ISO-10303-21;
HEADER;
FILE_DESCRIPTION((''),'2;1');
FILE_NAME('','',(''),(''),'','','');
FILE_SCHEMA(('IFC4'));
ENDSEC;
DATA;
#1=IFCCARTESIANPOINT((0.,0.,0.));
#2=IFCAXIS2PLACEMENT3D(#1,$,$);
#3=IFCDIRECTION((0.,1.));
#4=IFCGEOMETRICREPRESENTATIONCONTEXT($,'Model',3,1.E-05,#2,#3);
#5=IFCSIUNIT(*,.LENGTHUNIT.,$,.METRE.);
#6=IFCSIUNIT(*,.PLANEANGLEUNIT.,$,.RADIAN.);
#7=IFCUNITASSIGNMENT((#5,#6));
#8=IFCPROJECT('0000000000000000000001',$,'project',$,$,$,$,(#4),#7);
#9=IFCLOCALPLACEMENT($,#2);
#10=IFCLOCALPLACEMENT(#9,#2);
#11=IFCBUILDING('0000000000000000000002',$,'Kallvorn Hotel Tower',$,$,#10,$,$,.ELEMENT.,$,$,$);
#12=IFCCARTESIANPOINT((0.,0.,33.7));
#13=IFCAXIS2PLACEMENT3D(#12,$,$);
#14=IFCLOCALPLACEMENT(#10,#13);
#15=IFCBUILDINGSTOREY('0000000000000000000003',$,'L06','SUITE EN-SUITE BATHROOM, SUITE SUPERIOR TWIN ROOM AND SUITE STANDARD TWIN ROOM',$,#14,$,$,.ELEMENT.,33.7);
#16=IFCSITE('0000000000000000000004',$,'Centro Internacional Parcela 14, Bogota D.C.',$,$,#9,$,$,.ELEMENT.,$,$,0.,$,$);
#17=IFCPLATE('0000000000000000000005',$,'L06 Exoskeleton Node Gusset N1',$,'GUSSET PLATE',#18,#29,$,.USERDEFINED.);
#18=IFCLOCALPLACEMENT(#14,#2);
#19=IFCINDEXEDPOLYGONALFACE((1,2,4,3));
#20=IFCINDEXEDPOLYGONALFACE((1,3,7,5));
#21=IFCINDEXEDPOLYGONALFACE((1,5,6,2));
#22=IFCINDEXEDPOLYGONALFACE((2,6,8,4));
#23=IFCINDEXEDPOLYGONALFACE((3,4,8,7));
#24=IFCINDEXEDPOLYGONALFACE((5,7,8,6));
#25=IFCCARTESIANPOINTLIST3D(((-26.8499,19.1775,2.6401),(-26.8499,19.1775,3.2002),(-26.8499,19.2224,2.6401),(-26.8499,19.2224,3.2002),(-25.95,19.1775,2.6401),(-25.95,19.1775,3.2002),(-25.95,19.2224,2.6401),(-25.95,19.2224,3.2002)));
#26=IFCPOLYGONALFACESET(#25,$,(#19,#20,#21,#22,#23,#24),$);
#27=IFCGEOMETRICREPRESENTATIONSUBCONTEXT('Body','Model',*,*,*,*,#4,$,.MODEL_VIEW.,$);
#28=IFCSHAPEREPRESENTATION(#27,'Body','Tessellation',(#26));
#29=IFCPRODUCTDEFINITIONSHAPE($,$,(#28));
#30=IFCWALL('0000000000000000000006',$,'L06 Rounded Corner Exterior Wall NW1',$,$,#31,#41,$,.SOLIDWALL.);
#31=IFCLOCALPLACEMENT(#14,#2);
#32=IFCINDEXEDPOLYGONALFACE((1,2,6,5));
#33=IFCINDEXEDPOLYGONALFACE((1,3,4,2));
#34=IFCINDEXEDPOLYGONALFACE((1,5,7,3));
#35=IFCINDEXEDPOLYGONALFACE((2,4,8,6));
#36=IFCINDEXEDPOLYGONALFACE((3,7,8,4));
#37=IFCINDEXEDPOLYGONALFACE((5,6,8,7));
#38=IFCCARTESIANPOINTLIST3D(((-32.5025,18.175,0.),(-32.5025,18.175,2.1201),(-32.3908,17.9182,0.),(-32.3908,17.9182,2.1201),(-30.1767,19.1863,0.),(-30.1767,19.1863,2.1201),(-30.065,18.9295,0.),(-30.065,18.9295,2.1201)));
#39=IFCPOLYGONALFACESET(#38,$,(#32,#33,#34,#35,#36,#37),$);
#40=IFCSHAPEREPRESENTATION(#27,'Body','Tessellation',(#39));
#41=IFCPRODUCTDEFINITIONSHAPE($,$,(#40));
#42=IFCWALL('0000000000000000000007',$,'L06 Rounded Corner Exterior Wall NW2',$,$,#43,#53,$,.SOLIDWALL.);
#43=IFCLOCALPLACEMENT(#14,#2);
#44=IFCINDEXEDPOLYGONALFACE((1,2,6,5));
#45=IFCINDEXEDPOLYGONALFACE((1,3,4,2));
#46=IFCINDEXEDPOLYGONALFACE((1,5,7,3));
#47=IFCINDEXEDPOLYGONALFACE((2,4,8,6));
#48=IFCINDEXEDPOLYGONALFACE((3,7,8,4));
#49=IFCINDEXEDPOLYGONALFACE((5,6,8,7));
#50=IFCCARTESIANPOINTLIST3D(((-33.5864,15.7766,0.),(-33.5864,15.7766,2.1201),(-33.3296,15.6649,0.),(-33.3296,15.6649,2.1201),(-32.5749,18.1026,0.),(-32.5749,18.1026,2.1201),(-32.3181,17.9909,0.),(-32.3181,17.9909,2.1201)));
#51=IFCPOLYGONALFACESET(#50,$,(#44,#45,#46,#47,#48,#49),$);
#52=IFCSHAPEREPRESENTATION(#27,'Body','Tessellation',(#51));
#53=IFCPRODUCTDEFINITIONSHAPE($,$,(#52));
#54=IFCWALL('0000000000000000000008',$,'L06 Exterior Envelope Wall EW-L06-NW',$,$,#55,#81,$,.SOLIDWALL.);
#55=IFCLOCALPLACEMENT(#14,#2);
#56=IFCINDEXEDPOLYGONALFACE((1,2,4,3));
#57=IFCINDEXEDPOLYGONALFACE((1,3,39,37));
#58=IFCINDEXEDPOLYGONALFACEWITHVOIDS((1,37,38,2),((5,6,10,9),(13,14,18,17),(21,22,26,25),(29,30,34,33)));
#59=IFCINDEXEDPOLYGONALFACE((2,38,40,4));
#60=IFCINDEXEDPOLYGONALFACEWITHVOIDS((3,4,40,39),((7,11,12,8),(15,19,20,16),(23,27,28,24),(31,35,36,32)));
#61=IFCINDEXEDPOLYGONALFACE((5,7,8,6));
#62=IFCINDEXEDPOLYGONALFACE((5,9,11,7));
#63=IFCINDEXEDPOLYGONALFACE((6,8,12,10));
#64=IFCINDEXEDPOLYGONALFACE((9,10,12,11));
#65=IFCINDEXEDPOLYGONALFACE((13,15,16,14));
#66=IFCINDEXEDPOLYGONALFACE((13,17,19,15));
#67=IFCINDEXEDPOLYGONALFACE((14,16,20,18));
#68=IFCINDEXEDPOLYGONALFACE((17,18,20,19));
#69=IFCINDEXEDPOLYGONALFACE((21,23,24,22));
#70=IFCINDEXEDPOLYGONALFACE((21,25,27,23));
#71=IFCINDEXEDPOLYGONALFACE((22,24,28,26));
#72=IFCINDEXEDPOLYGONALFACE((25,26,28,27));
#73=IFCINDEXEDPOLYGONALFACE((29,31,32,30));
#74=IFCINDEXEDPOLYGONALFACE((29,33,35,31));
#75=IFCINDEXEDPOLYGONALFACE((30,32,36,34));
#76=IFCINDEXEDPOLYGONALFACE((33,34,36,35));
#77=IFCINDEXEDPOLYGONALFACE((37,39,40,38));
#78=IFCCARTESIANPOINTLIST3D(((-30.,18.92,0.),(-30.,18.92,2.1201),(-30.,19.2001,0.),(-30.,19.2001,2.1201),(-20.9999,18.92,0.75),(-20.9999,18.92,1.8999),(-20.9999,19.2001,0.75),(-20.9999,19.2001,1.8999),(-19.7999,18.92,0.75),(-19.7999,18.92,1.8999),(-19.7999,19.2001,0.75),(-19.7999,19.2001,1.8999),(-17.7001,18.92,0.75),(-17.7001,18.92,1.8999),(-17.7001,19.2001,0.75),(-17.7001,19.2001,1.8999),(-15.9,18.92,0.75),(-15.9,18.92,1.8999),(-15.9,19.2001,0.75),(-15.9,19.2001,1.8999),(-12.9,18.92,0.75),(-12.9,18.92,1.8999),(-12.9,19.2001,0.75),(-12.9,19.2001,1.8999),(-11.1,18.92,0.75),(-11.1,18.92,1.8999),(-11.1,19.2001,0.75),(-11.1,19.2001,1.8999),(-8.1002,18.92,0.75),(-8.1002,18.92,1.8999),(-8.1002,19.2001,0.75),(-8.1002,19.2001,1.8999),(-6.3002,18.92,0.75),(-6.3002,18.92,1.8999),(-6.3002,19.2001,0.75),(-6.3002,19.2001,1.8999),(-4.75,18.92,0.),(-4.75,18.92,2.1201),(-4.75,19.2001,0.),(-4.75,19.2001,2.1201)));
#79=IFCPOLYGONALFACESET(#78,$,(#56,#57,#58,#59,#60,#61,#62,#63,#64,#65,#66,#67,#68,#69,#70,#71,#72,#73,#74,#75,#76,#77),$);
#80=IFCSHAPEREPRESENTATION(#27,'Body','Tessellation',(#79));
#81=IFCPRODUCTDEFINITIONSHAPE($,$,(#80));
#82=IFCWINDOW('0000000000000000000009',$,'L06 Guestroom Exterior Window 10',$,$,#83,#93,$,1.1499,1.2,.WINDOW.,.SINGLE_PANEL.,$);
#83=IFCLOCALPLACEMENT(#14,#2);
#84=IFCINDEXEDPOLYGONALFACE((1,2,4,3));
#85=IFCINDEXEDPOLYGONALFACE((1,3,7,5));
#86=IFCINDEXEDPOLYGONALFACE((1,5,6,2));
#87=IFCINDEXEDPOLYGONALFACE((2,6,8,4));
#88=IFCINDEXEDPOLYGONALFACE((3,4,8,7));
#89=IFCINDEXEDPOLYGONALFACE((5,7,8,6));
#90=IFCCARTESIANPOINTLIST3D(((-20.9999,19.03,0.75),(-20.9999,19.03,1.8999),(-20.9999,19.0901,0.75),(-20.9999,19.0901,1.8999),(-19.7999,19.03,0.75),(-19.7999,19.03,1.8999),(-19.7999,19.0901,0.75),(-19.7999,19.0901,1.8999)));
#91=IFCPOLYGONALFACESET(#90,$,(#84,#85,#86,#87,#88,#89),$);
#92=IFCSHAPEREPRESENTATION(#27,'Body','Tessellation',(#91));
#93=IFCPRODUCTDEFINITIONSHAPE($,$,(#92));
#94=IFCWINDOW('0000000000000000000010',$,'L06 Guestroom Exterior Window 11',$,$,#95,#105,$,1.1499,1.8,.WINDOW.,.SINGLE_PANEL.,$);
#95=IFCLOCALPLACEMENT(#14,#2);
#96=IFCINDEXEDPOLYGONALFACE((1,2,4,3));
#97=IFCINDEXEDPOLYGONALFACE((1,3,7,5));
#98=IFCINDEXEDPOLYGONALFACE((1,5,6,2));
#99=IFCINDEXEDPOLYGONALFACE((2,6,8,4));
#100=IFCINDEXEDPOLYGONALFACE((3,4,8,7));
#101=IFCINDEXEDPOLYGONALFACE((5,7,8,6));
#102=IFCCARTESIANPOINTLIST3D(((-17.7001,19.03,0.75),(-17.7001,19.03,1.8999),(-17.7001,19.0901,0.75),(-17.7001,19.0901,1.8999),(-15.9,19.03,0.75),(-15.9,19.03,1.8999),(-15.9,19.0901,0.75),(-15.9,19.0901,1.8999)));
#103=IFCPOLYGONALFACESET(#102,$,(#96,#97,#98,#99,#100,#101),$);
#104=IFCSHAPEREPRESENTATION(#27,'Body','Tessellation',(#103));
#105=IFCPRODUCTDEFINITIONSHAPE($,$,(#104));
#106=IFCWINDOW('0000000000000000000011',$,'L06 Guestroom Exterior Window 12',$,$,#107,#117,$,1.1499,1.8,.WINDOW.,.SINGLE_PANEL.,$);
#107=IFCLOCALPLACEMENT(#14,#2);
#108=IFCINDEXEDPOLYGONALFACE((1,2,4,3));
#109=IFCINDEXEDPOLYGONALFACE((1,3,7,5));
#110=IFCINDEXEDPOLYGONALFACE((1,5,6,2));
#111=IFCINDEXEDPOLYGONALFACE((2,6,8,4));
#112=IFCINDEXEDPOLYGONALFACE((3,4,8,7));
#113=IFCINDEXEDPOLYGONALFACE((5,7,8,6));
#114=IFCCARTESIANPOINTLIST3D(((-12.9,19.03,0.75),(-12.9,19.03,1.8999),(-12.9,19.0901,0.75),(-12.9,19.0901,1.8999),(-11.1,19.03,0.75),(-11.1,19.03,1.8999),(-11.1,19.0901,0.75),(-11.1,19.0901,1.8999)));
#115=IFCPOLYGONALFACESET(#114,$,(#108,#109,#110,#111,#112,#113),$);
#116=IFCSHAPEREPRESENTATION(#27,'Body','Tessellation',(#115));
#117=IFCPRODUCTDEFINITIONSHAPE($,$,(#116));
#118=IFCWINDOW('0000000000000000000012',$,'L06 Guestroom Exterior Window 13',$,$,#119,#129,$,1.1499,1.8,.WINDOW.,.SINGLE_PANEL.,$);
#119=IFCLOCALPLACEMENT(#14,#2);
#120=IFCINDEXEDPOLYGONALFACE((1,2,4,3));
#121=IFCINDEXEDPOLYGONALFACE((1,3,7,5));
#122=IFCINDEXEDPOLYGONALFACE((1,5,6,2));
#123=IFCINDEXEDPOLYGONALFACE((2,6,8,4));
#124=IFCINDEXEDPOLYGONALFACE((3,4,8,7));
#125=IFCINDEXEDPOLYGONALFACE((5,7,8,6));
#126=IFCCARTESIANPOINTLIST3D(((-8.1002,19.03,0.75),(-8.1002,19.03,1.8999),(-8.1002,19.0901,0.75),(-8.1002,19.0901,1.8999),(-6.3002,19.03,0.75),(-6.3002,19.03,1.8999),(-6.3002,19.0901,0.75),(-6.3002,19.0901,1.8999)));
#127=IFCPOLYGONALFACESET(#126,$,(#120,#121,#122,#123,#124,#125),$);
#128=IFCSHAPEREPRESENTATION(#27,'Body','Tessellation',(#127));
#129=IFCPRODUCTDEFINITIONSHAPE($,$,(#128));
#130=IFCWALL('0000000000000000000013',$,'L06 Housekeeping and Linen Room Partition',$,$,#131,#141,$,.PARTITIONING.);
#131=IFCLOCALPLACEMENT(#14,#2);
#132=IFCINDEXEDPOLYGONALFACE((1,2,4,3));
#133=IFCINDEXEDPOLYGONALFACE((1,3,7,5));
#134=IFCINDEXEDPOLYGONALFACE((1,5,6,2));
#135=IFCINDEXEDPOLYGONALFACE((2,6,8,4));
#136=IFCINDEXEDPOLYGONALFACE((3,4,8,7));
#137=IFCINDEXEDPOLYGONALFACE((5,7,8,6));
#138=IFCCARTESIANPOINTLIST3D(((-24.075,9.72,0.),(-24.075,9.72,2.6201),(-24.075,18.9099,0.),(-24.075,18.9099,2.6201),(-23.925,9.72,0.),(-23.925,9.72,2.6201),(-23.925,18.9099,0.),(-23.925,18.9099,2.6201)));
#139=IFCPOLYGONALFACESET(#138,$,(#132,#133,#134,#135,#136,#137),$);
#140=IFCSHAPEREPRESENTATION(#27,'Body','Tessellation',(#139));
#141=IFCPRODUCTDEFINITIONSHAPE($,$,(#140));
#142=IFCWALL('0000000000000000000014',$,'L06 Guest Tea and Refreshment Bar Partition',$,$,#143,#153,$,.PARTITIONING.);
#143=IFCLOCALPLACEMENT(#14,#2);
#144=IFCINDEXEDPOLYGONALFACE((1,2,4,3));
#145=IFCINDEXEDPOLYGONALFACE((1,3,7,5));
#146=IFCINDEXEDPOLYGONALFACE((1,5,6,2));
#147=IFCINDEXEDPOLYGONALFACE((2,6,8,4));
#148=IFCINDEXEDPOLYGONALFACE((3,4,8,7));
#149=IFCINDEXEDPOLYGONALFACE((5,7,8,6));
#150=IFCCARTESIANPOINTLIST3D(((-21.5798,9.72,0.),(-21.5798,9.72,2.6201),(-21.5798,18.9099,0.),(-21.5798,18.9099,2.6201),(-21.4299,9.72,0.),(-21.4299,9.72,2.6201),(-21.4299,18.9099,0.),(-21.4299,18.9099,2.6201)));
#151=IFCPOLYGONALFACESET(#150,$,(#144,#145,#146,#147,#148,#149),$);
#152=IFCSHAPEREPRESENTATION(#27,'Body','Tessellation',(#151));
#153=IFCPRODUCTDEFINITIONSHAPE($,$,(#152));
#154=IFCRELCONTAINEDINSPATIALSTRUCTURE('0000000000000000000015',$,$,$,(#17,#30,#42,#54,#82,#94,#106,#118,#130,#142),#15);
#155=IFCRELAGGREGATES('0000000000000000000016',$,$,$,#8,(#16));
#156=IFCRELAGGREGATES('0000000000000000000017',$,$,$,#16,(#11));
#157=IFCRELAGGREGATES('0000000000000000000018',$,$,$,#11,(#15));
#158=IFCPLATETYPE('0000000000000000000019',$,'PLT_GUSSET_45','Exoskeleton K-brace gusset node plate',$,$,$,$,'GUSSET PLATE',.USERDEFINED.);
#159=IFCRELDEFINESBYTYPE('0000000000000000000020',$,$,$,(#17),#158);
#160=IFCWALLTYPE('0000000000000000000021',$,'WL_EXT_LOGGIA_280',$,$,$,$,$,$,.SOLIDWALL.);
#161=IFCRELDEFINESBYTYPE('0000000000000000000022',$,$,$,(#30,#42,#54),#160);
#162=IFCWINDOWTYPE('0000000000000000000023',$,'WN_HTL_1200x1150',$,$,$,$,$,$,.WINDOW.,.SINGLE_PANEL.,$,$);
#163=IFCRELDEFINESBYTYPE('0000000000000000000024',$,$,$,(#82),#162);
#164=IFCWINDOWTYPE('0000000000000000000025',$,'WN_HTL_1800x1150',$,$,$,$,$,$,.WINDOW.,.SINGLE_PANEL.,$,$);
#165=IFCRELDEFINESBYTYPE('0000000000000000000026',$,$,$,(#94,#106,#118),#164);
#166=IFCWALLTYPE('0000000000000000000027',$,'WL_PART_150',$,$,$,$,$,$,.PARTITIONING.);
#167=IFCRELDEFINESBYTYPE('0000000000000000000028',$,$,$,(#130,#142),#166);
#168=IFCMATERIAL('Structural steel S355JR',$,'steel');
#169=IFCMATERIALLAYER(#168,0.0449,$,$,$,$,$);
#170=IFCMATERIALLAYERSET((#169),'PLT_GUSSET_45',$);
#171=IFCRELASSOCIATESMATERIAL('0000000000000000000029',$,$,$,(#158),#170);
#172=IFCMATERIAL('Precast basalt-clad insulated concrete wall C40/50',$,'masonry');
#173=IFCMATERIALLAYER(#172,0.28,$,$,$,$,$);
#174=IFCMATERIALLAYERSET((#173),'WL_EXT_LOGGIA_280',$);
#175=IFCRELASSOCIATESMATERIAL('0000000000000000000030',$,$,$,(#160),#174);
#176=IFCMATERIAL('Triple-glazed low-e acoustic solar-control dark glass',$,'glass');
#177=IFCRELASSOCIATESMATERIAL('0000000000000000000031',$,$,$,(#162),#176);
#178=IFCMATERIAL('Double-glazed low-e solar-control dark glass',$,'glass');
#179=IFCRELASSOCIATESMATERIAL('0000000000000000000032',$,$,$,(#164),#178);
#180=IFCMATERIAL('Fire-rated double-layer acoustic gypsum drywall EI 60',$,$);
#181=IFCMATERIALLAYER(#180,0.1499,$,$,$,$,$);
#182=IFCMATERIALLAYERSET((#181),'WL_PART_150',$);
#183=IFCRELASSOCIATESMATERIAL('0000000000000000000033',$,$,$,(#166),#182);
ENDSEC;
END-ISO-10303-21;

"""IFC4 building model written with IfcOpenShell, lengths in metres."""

from ifc_helpers import new_model, si_unit, direction, frame, frame_2d, origin, origin_2d, place, context, subcontext, project, spatial, rectangle, extrude, material, layer, layer_set, type_object, element, fill, save


model = new_model("IFC4")

# Units and contexts
model_context = context("Model", 3, precision=1e-05, world=origin(), true_north=direction((0.0, 1.0)))
body_context = subcontext(model_context, "Body", "Model", "MODEL_VIEW")
ifc_project = project(units=[si_unit("LENGTHUNIT", "METRE"), si_unit("PLANEANGLEUNIT", "RADIAN")], contexts=[model_context])

# Site, building, storey
site_placement = place(None, origin())
site = spatial("IfcSite", under=ifc_project, at=site_placement, Name="Centro Internacional Parcela 14, Bogota D.C.", CompositionType="ELEMENT", RefElevation=0.0)
building_placement = place(site_placement, origin())
building = spatial("IfcBuilding", under=site, at=building_placement, Name="Kallvorn Hotel Tower", CompositionType="ELEMENT")
storey_placement = place(building_placement, frame((0.0, 0.0, 33.7)))
storey = spatial("IfcBuildingStorey", under=building, at=storey_placement, Name="L06", Description="SUITE EN-SUITE BATHROOM, SUITE SUPERIOR TWIN ROOM AND SUITE STANDARD TWIN ROOM", CompositionType="ELEMENT", Elevation=33.7)

# Plate
ifc_material_1 = material(Name="Structural steel S355JR", Category="steel")
ifc_layer_1 = layer(ifc_material_1, 0.0449)
ifc_layer_set_1 = layer_set([ifc_layer_1], Name="PLT_GUSSET_45")
plate_type_1 = type_object("IfcPlateType", Name="PLT_GUSSET_45", Description="Exoskeleton K-brace gusset node plate", ElementType="GUSSET PLATE", PredefinedType="USERDEFINED", material=ifc_layer_set_1)
plate_1_placement = place(storey_placement, frame((-26.3999, 19.2, 2.6401), z_axis=(0.0, 0.0, 1.0), x_axis=(1.0, 0.0, 0.0)))
element("IfcPlate", 1, at=plate_1_placement, inside=storey, type_object=plate_type_1, Name="L06 Exoskeleton Node Gusset N1", ObjectType="GUSSET PLATE", PredefinedType="USERDEFINED", context=body_context, shape_type="SweptSolid", body=[
    extrude(rectangle(XDim=0.8999, YDim=0.0449, at=origin_2d()), origin(), (0.0, 0.0, 1.0), 0.5601),
])

# Walls
ifc_material_2 = material(Name="Precast basalt-clad insulated concrete wall C40/50", Category="masonry")
ifc_layer_2 = layer(ifc_material_2, 0.28)
ifc_layer_set_2 = layer_set([ifc_layer_2], Name="WL_EXT_LOGGIA_280")
wall_type_1 = type_object("IfcWallType", Name="WL_EXT_LOGGIA_280", PredefinedType="SOLIDWALL", material=ifc_layer_set_2)
wall_1_placement = place(storey_placement, frame((-30.1208, 19.0579, 0.0), z_axis=(0.0, 0.0, 1.0), x_axis=(-0.917061, -0.398747, 0.0)))
element("IfcWall", 2, at=wall_1_placement, inside=storey, type_object=wall_type_1, Name="L06 Rounded Corner Exterior Wall NW1", PredefinedType="SOLIDWALL", context=body_context, shape_type="SweptSolid", body=[
    extrude(rectangle(XDim=2.5361, YDim=0.28, at=frame_2d((1.2681, 0.0))), origin(), (0.0, 0.0, 1.0), 2.1201),
])
wall_2_placement = place(storey_placement, frame((-32.4465, 18.0466, 0.0), z_axis=(0.0, 0.0, 1.0), x_axis=(-0.398793, -0.917041, 0.0)))
element("IfcWall", 3, at=wall_2_placement, inside=storey, type_object=wall_type_1, Name="L06 Rounded Corner Exterior Wall NW2", PredefinedType="SOLIDWALL", context=body_context, shape_type="SweptSolid", body=[
    extrude(rectangle(XDim=2.5364, YDim=0.28, at=frame_2d((1.2681, 0.0))), origin(), (0.0, 0.0, 1.0), 2.1201),
])

# Wall, openings, windows
wall_3_placement = place(storey_placement, frame((-30.0, 19.0601, 0.0), z_axis=(0.0, 0.0, 1.0), x_axis=(1.0, 0.0, 0.0)))
wall_3 = element("IfcWall", 4, at=wall_3_placement, inside=storey, type_object=wall_type_1, Name="L06 Exterior Envelope Wall EW-L06-NW", PredefinedType="SOLIDWALL", context=body_context, shape_type="SweptSolid", body=[
    extrude(rectangle(XDim=25.25, YDim=0.28, at=frame_2d((12.625, 0.0))), origin(), (0.0, 0.0, 1.0), 2.1201),
])
opening_1_placement = place(wall_3_placement, frame((9.0, 0.0, 0.75)))
opening_1 = element("IfcOpeningElement", 5, at=opening_1_placement, cuts=wall_3, PredefinedType="OPENING", context=body_context, shape_type="SweptSolid", body=[
    extrude(rectangle(XDim=1.2, YDim=1.1499, at=frame_2d((0.6001, 0.575))), frame((0.0, 0.155, 0.0), z_axis=(0.0, -1.0, 0.0), x_axis=(1.0, 0.0, 0.0)), (0.0, 0.0, 1.0), 0.3101),
])
opening_2_placement = place(wall_3_placement, frame((12.3, 0.0, 0.75)))
opening_2 = element("IfcOpeningElement", 6, at=opening_2_placement, cuts=wall_3, PredefinedType="OPENING", context=body_context, shape_type="SweptSolid", body=[
    extrude(rectangle(XDim=1.8, YDim=1.1499, at=frame_2d((0.8999, 0.575))), frame((0.0, 0.155, 0.0), z_axis=(0.0, -1.0, 0.0), x_axis=(1.0, 0.0, 0.0)), (0.0, 0.0, 1.0), 0.3101),
])
opening_3_placement = place(wall_3_placement, frame((17.1001, 0.0, 0.75)))
opening_3 = element("IfcOpeningElement", 7, at=opening_3_placement, cuts=wall_3, PredefinedType="OPENING", context=body_context, shape_type="SweptSolid", body=[
    extrude(rectangle(XDim=1.8, YDim=1.1499, at=frame_2d((0.8999, 0.575))), frame((0.0, 0.155, 0.0), z_axis=(0.0, -1.0, 0.0), x_axis=(1.0, 0.0, 0.0)), (0.0, 0.0, 1.0), 0.3101),
])
opening_4_placement = place(wall_3_placement, frame((21.8999, 0.0, 0.75)))
opening_4 = element("IfcOpeningElement", 8, at=opening_4_placement, cuts=wall_3, PredefinedType="OPENING", context=body_context, shape_type="SweptSolid", body=[
    extrude(rectangle(XDim=1.8, YDim=1.1499, at=frame_2d((0.8999, 0.575))), frame((0.0, 0.155, 0.0), z_axis=(0.0, -1.0, 0.0), x_axis=(1.0, 0.0, 0.0)), (0.0, 0.0, 1.0), 0.3101),
])
ifc_material_3 = material(Name="Triple-glazed low-e acoustic solar-control dark glass", Category="glass")
window_type_1 = type_object("IfcWindowType", Name="WN_HTL_1200x1150", PartitioningType="SINGLE_PANEL", PredefinedType="WINDOW", material=ifc_material_3)
window_1_placement = place(opening_1_placement, origin())
window_1 = element("IfcWindow", 9, at=window_1_placement, inside=storey, type_object=window_type_1, Name="L06 Guestroom Exterior Window 10", OverallHeight=1.1499, OverallWidth=1.2, PartitioningType="SINGLE_PANEL", PredefinedType="WINDOW", context=body_context, shape_type="SweptSolid", body=[
    extrude(rectangle(XDim=1.2, YDim=1.1499, at=frame_2d((0.6001, 0.575))), frame((0.0, 0.03, 0.0), z_axis=(0.0, -1.0, 0.0), x_axis=(1.0, 0.0, 0.0)), (0.0, 0.0, 1.0), 0.0601),
])
fill(opening_1, window_1)
ifc_material_4 = material(Name="Double-glazed low-e solar-control dark glass", Category="glass")
window_type_2 = type_object("IfcWindowType", Name="WN_HTL_1800x1150", PartitioningType="SINGLE_PANEL", PredefinedType="WINDOW", material=ifc_material_4)
window_2_placement = place(opening_2_placement, origin())
window_2 = element("IfcWindow", 10, at=window_2_placement, inside=storey, type_object=window_type_2, Name="L06 Guestroom Exterior Window 11", OverallHeight=1.1499, OverallWidth=1.8, PartitioningType="SINGLE_PANEL", PredefinedType="WINDOW", context=body_context, shape_type="SweptSolid", body=[
    extrude(rectangle(XDim=1.8, YDim=1.1499, at=frame_2d((0.8999, 0.575))), frame((0.0, 0.03, 0.0), z_axis=(0.0, -1.0, 0.0), x_axis=(1.0, 0.0, 0.0)), (0.0, 0.0, 1.0), 0.0601),
])
fill(opening_2, window_2)
window_3_placement = place(opening_3_placement, origin())
window_3 = element("IfcWindow", 11, at=window_3_placement, inside=storey, type_object=window_type_2, Name="L06 Guestroom Exterior Window 12", OverallHeight=1.1499, OverallWidth=1.8, PartitioningType="SINGLE_PANEL", PredefinedType="WINDOW", context=body_context, shape_type="SweptSolid", body=[
    extrude(rectangle(XDim=1.8, YDim=1.1499, at=frame_2d((0.8999, 0.575))), frame((0.0, 0.03, 0.0), z_axis=(0.0, -1.0, 0.0), x_axis=(1.0, 0.0, 0.0)), (0.0, 0.0, 1.0), 0.0601),
])
fill(opening_3, window_3)
window_4_placement = place(opening_4_placement, origin())
window_4 = element("IfcWindow", 12, at=window_4_placement, inside=storey, type_object=window_type_2, Name="L06 Guestroom Exterior Window 13", OverallHeight=1.1499, OverallWidth=1.8, PartitioningType="SINGLE_PANEL", PredefinedType="WINDOW", context=body_context, shape_type="SweptSolid", body=[
    extrude(rectangle(XDim=1.8, YDim=1.1499, at=frame_2d((0.8999, 0.575))), frame((0.0, 0.03, 0.0), z_axis=(0.0, -1.0, 0.0), x_axis=(1.0, 0.0, 0.0)), (0.0, 0.0, 1.0), 0.0601),
])
fill(opening_4, window_4)

# Walls
ifc_material_5 = material(Name="Fire-rated double-layer acoustic gypsum drywall EI 60")
ifc_layer_3 = layer(ifc_material_5, 0.1499)
ifc_layer_set_3 = layer_set([ifc_layer_3], Name="WL_PART_150")
wall_type_2 = type_object("IfcWallType", Name="WL_PART_150", PredefinedType="PARTITIONING", material=ifc_layer_set_3)
for number, where, z_axis, x_axis, name in (
    (13, (-24.0, 9.72, 0.0), (0.0, 0.0, 1.0), (0.0, 1.0, 0.0), "L06 Housekeeping and Linen Room Partition"),
    (14, (-21.5049, 9.72, 0.0), (0.0, 0.0, 1.0), (0.0, 1.0, 0.0), "L06 Guest Tea and Refreshment Bar Partition"),
):
    element("IfcWall", number, at=place(storey_placement, frame(where, z_axis=z_axis, x_axis=x_axis)), inside=storey, type_object=wall_type_2, Name=name, PredefinedType="PARTITIONING", context=body_context, shape_type="SweptSolid", body=[
        extrude(rectangle(XDim=9.1899, YDim=0.1499, at=frame_2d((4.595, 0.0))), origin(), (0.0, 0.0, 1.0), 2.6201),
    ])

save(model, "model.ifc")
